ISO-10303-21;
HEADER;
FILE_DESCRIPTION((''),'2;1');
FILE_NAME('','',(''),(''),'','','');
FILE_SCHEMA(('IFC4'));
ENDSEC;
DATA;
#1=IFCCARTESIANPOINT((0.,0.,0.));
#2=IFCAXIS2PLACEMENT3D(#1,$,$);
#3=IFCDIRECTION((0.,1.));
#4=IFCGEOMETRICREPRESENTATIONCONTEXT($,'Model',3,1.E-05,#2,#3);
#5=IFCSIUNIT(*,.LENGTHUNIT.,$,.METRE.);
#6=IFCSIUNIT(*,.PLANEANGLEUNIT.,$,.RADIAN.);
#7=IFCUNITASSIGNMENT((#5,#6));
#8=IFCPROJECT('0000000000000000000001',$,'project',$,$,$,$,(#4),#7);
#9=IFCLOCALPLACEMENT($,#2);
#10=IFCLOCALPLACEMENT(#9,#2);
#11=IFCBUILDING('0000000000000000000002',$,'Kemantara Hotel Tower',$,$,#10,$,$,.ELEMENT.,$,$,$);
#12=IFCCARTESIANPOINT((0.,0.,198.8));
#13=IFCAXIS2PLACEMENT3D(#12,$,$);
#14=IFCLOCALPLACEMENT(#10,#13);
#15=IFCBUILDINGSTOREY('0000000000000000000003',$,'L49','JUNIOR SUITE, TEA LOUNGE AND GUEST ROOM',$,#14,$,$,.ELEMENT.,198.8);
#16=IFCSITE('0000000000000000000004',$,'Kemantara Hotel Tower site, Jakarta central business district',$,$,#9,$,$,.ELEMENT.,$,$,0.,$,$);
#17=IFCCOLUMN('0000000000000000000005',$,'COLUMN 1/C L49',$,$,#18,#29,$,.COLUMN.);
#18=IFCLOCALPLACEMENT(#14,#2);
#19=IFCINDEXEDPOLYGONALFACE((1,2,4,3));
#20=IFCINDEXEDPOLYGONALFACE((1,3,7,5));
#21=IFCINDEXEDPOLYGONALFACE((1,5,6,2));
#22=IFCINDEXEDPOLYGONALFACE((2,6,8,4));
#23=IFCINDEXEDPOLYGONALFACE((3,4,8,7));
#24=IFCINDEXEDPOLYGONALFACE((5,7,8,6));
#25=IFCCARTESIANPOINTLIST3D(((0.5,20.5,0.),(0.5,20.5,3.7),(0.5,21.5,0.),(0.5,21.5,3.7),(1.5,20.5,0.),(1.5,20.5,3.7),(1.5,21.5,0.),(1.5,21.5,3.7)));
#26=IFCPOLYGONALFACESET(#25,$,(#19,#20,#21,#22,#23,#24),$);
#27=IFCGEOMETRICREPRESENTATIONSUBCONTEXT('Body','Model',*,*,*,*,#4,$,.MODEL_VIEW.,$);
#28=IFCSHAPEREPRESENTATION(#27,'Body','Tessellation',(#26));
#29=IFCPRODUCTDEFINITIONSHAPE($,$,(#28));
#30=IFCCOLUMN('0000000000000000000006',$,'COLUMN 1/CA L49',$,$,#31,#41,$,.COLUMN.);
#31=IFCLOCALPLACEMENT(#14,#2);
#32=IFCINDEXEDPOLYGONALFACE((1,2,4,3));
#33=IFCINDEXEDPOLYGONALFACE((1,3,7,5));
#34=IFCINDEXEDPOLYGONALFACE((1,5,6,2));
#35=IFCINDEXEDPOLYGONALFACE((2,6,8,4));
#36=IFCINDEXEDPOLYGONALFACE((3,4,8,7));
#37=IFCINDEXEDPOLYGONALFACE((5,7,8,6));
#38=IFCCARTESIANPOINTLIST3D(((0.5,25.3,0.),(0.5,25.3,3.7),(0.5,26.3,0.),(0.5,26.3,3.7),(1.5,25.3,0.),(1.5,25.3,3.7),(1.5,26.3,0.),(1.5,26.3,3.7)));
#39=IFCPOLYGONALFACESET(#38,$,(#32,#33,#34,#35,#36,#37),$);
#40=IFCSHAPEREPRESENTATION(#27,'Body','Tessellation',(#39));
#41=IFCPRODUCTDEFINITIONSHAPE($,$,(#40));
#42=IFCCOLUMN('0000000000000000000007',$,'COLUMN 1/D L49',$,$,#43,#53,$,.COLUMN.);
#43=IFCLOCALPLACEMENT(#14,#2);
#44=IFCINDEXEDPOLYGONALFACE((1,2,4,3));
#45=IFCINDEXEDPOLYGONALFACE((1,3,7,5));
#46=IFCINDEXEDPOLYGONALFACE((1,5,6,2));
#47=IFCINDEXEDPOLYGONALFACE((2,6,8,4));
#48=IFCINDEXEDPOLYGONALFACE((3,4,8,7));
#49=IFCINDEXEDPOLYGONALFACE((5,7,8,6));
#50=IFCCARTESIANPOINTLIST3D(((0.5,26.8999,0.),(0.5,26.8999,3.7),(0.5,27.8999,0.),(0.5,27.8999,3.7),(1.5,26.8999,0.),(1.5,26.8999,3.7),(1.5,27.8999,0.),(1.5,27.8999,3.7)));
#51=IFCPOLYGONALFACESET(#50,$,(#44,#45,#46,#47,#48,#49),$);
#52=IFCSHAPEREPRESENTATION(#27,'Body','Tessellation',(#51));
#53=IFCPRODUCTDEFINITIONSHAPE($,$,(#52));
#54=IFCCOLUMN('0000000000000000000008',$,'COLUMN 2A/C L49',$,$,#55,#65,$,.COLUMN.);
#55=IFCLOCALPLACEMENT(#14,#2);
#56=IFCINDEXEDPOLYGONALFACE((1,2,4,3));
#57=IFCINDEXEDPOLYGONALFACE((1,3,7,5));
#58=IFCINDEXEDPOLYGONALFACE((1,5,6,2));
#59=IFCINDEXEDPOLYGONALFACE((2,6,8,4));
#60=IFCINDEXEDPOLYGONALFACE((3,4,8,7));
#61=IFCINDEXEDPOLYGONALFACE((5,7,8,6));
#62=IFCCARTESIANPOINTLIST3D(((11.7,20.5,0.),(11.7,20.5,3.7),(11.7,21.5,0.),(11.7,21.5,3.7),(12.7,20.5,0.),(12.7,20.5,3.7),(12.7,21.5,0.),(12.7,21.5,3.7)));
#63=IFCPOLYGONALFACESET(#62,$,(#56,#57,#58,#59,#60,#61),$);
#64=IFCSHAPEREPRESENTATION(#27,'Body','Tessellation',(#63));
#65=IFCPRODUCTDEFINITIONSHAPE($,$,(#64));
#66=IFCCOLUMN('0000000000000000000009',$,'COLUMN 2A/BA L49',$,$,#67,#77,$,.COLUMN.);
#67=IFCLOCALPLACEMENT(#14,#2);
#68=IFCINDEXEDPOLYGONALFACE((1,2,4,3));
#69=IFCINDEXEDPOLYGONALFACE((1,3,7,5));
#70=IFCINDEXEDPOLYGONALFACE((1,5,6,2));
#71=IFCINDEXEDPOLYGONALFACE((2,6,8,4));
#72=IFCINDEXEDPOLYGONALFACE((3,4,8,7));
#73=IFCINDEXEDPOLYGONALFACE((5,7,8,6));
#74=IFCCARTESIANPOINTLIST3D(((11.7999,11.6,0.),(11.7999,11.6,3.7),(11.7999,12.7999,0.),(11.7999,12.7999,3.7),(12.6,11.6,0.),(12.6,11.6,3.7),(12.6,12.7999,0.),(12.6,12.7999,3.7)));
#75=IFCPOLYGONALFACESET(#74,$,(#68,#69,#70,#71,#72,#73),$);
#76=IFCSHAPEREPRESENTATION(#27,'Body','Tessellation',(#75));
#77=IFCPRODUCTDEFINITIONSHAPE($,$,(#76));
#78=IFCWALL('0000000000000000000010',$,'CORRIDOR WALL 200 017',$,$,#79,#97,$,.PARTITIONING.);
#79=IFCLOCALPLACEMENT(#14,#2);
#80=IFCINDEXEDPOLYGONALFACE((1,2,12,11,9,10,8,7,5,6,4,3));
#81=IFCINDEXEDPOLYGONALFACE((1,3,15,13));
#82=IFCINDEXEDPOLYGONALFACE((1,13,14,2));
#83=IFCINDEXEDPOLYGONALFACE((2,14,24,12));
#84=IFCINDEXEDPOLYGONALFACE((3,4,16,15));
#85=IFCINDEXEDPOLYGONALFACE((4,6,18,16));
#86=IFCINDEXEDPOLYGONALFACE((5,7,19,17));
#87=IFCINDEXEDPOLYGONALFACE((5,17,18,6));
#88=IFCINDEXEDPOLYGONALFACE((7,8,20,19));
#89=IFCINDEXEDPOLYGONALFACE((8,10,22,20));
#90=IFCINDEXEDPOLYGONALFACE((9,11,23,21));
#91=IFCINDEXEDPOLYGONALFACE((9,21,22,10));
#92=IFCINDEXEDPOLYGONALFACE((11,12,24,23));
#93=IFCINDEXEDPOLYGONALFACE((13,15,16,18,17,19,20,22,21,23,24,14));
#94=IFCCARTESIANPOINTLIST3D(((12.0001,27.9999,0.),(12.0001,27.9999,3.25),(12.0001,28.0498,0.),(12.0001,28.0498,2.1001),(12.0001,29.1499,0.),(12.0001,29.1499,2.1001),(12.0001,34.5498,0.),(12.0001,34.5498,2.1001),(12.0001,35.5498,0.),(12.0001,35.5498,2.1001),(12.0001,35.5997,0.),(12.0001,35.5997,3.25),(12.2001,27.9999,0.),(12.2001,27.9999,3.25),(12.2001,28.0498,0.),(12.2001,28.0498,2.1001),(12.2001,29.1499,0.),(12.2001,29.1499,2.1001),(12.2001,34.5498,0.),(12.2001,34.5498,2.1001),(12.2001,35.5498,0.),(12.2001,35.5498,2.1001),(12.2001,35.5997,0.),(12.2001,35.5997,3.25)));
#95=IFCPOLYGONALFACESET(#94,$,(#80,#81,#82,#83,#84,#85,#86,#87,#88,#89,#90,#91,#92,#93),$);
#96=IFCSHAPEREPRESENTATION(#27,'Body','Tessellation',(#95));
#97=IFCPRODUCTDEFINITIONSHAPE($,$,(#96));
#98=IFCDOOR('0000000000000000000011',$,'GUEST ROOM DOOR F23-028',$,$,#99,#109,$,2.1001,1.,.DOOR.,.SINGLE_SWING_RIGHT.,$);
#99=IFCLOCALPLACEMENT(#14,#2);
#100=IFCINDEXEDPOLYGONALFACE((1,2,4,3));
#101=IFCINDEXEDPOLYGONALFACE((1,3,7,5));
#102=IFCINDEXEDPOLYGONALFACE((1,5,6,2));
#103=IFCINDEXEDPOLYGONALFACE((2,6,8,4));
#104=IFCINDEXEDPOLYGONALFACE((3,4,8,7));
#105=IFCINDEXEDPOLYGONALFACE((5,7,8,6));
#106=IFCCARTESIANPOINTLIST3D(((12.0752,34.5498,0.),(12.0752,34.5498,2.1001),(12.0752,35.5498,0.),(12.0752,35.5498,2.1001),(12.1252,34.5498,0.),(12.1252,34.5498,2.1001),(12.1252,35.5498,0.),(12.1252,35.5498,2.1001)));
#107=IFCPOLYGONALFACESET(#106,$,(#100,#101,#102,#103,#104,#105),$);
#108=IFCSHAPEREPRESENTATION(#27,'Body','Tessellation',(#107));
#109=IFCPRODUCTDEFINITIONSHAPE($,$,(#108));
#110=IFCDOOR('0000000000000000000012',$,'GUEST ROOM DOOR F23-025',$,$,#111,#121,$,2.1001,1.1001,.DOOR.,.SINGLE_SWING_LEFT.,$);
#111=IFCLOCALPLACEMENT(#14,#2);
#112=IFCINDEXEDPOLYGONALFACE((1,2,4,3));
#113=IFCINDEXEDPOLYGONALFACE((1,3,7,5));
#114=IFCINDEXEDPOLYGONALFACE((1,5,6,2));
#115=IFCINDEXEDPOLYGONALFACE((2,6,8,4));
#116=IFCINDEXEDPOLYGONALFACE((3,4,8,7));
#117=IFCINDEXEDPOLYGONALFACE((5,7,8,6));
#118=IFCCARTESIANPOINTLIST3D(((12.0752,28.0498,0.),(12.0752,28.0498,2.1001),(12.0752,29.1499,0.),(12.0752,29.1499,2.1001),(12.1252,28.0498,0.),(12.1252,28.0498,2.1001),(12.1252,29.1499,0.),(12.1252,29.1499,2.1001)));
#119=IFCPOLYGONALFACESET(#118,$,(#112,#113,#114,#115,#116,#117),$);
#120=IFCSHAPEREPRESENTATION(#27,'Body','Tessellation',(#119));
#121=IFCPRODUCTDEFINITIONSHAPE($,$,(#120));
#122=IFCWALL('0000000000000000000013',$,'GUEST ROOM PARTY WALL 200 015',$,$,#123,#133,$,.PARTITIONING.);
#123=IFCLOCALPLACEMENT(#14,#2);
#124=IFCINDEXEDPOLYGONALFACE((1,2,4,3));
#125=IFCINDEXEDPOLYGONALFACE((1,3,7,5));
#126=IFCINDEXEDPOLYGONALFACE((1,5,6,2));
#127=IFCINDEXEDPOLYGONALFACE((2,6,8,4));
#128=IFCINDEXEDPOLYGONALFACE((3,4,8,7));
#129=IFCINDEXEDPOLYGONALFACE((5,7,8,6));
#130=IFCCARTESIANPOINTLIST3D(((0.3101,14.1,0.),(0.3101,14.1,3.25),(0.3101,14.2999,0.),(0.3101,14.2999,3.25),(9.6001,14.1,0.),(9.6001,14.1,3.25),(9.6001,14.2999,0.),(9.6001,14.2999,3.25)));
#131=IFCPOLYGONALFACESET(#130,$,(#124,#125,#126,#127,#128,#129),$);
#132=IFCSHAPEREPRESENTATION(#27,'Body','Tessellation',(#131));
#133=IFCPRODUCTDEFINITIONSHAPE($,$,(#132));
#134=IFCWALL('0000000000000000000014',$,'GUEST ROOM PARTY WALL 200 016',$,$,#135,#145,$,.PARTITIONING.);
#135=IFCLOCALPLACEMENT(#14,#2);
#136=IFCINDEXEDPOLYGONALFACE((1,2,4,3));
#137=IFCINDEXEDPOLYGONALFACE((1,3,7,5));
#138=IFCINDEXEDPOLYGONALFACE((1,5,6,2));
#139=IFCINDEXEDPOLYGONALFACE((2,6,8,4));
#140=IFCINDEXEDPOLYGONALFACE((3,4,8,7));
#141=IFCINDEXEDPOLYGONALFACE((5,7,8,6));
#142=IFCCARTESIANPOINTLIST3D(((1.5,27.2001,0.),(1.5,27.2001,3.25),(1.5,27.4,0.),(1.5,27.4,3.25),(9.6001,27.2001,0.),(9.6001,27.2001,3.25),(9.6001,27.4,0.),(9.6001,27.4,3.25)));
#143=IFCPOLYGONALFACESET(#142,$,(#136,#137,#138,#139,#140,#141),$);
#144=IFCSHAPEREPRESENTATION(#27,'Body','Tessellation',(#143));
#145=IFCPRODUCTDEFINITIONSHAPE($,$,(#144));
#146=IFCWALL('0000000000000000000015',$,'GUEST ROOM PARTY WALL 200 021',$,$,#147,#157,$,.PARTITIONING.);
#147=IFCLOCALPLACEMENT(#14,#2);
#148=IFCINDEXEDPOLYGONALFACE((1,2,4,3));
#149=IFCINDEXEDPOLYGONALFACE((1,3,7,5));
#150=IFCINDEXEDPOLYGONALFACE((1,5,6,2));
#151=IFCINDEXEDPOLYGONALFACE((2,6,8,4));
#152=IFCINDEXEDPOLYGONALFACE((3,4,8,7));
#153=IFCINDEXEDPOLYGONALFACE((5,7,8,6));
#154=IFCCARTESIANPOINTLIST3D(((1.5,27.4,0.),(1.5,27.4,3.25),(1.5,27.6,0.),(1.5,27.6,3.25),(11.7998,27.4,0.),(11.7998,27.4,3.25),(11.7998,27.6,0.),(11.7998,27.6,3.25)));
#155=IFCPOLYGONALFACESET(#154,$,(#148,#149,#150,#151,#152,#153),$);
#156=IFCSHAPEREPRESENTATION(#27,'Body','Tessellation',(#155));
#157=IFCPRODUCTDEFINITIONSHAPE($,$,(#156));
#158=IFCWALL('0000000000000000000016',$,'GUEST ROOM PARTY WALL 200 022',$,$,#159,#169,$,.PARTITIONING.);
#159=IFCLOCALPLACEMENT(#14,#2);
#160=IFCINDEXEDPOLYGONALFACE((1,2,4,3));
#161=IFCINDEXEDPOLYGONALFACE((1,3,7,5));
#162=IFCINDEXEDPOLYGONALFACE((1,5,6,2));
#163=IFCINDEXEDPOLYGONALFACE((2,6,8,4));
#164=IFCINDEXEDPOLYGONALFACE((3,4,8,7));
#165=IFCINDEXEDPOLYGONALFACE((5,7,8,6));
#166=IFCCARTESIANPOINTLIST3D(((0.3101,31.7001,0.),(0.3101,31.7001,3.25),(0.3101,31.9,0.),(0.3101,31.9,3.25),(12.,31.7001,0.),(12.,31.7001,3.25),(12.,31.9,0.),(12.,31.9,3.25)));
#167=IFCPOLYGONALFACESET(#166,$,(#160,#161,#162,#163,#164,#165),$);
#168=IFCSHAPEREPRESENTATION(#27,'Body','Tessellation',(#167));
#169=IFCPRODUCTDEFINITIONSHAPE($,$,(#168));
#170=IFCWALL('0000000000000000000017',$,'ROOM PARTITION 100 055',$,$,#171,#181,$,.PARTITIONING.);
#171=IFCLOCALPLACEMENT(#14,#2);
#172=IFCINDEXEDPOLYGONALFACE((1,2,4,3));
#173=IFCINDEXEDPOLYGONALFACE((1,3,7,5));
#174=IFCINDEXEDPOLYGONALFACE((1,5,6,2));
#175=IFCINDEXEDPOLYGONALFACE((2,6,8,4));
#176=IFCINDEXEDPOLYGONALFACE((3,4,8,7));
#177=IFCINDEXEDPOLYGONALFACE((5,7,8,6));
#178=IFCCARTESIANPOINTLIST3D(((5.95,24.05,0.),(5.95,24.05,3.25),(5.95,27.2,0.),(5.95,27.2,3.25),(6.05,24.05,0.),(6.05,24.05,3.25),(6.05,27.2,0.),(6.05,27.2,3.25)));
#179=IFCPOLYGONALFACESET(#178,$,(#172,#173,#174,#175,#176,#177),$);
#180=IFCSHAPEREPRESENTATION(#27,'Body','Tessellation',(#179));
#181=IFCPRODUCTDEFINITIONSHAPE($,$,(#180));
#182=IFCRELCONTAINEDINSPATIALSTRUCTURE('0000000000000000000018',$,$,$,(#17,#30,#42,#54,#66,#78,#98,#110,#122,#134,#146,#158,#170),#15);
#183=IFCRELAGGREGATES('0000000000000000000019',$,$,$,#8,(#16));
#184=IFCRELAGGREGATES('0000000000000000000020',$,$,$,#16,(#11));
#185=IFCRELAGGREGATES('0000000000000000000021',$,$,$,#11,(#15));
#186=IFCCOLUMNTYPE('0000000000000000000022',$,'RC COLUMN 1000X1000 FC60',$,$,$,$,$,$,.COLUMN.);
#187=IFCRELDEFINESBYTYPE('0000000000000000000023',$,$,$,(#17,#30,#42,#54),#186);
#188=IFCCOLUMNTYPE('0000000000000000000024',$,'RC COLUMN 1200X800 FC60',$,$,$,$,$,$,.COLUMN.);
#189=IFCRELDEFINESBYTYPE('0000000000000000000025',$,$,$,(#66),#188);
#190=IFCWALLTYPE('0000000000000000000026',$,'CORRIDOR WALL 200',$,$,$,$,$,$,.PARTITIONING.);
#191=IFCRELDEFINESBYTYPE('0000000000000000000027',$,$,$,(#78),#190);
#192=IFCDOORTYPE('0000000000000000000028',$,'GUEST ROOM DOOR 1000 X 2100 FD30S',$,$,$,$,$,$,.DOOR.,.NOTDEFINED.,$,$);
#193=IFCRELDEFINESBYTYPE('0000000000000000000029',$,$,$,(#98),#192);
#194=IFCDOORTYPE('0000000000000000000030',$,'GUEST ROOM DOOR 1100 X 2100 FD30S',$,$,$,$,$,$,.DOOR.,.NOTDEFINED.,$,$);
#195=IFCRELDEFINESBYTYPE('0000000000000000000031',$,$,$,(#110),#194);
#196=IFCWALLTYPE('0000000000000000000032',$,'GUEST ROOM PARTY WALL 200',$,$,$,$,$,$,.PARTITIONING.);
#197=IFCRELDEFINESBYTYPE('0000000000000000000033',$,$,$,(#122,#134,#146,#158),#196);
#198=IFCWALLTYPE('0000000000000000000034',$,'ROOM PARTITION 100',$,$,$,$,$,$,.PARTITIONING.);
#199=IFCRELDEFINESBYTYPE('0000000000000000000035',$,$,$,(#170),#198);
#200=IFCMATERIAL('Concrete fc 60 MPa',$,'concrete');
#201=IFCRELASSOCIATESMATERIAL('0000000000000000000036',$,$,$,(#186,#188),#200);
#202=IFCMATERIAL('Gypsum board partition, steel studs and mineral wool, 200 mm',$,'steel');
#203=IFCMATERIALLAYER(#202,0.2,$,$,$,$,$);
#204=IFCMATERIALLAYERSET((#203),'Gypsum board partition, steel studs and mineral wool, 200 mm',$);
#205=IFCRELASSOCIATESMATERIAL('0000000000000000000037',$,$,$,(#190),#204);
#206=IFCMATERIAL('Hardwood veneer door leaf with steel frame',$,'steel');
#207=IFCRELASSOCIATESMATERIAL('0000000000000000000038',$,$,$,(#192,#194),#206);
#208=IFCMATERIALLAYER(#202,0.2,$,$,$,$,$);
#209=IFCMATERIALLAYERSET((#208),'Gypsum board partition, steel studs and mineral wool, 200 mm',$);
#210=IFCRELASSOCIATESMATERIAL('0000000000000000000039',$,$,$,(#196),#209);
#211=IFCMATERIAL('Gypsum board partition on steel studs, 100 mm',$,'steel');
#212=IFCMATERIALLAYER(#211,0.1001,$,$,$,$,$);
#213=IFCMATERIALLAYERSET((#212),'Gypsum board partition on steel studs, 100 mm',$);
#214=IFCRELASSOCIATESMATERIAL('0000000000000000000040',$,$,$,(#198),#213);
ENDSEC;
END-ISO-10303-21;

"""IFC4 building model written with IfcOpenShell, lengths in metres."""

from ifc_helpers import new_model, si_unit, direction, frame, frame_2d, origin, origin_2d, place, context, subcontext, project, spatial, rectangle, extrude, material, layer, layer_set, material_profile, profile_set, type_object, element, fill, save


model = new_model("IFC4")

# Units and contexts
model_context = context("Model", 3, precision=1e-05, world=origin(), true_north=direction((0.0, 1.0)))
body_context = subcontext(model_context, "Body", "Model", "MODEL_VIEW")
ifc_project = project(units=[si_unit("LENGTHUNIT", "METRE"), si_unit("PLANEANGLEUNIT", "RADIAN")], contexts=[model_context])

# Site, building, storey
site_placement = place(None, origin())
site = spatial("IfcSite", under=ifc_project, at=site_placement, Name="Kemantara Hotel Tower site, Jakarta central business district", CompositionType="ELEMENT", RefElevation=0.0)
building_placement = place(site_placement, origin())
building = spatial("IfcBuilding", under=site, at=building_placement, Name="Kemantara Hotel Tower", CompositionType="ELEMENT")
storey_placement = place(building_placement, frame((0.0, 0.0, 198.8)))
storey = spatial("IfcBuildingStorey", under=building, at=storey_placement, Name="L49", Description="JUNIOR SUITE, TEA LOUNGE AND GUEST ROOM", CompositionType="ELEMENT", Elevation=198.8)

# Columns
ifc_material_1 = material(Name="Concrete fc 60 MPa", Category="concrete")
ifc_material_profile_1 = material_profile(ifc_material_1, rectangle(XDim=1.0, YDim=1.0, at=origin_2d()), Name="RC 1000X1000")
ifc_profile_set_1 = profile_set([ifc_material_profile_1], Name="Concrete fc 60 MPa")
column_type_1 = type_object("IfcColumnType", Name="RC COLUMN 1000X1000 FC60", PredefinedType="COLUMN", material=ifc_profile_set_1)
for number, where, z_axis, x_axis, name in (
    (1, (1.0, 21.0, 0.0), (0.0, 0.0, 1.0), (1.0, 0.0, 0.0), "COLUMN 1/C L49"),
    (2, (1.0, 25.8, 0.0), (0.0, 0.0, 1.0), (1.0, 0.0, 0.0), "COLUMN 1/CA L49"),
    (3, (1.0, 27.3999, 0.0), (0.0, 0.0, 1.0), (1.0, 0.0, 0.0), "COLUMN 1/D L49"),
    (4, (12.2, 21.0, 0.0), (0.0, 0.0, 1.0), (1.0, 0.0, 0.0), "COLUMN 2A/C L49"),
):
    element("IfcColumn", number, at=place(storey_placement, frame(where, z_axis=z_axis, x_axis=x_axis)), inside=storey, type_object=column_type_1, Name=name, PredefinedType="COLUMN", context=body_context, shape_type="SweptSolid", body=[
        extrude(rectangle(XDim=1.0, YDim=1.0, at=origin_2d()), origin(), (0.0, 0.0, 1.0), 3.7),
    ])
ifc_material_profile_2 = material_profile(ifc_material_1, rectangle(XDim=1.2, YDim=0.8, at=origin_2d()), Name="RC 1200X800")
ifc_profile_set_2 = profile_set([ifc_material_profile_2], Name="Concrete fc 60 MPa")
column_type_2 = type_object("IfcColumnType", Name="RC COLUMN 1200X800 FC60", PredefinedType="COLUMN", material=ifc_profile_set_2)
column_placement = place(storey_placement, frame((12.2, 12.2, 0.0), z_axis=(0.0, 0.0, 1.0), x_axis=(0.0, 1.0, 0.0)))
element("IfcColumn", 5, at=column_placement, inside=storey, type_object=column_type_2, Name="COLUMN 2A/BA L49", PredefinedType="COLUMN", context=body_context, shape_type="SweptSolid", body=[
    extrude(rectangle(XDim=1.2, YDim=0.8, at=origin_2d()), origin(), (0.0, 0.0, 1.0), 3.7),
])

# Wall, openings, doors
ifc_material_2 = material(Name="Gypsum board partition, steel studs and mineral wool, 200 mm", Category="steel")
ifc_layer_1 = layer(ifc_material_2, 0.2)
ifc_layer_set_1 = layer_set([ifc_layer_1], Name="Gypsum board partition, steel studs and mineral wool, 200 mm")
wall_type_1 = type_object("IfcWallType", Name="CORRIDOR WALL 200", PredefinedType="PARTITIONING", material=ifc_layer_set_1)
wall_1_placement = place(storey_placement, frame((12.1001, 28.0, 0.0), z_axis=(0.0, 0.0, 1.0), x_axis=(0.0, 1.0, 0.0)))
wall_1 = element("IfcWall", 6, at=wall_1_placement, inside=storey, type_object=wall_type_1, Name="CORRIDOR WALL 200 017", PredefinedType="PARTITIONING", context=body_context, shape_type="SweptSolid", body=[
    extrude(rectangle(XDim=7.5999, YDim=0.2, at=frame_2d((3.7998, 0.0))), origin(), (0.0, 0.0, 1.0), 3.25),
])
opening_1_placement = place(wall_1_placement, frame((0.0498, 0.0, 0.0)))
opening_1 = element("IfcOpeningElement", 7, at=opening_1_placement, cuts=wall_1, PredefinedType="OPENING", context=body_context, shape_type="SweptSolid", body=[
    extrude(rectangle(XDim=1.1001, YDim=2.1001, at=frame_2d((0.55, 1.05))), frame((0.0, 0.1099, 0.0), z_axis=(0.0, -1.0, 0.0), x_axis=(1.0, 0.0, 0.0)), (0.0, 0.0, 1.0), 0.22),
])
opening_2_placement = place(wall_1_placement, frame((6.5498, 0.0, 0.0)))
opening_2 = element("IfcOpeningElement", 8, at=opening_2_placement, cuts=wall_1, PredefinedType="OPENING", context=body_context, shape_type="SweptSolid", body=[
    extrude(rectangle(XDim=1.0, YDim=2.1001, at=frame_2d((0.5, 1.05))), frame((0.0, 0.1099, 0.0), z_axis=(0.0, -1.0, 0.0), x_axis=(1.0, 0.0, 0.0)), (0.0, 0.0, 1.0), 0.22),
])
ifc_material_3 = material(Name="Hardwood veneer door leaf with steel frame", Category="steel")
door_type_1 = type_object("IfcDoorType", Name="GUEST ROOM DOOR 1000 X 2100 FD30S", OperationType="NOTDEFINED", PredefinedType="DOOR", material=ifc_material_3)
door_1_placement = place(opening_2_placement, origin())
door_1 = element("IfcDoor", 9, at=door_1_placement, inside=storey, type_object=door_type_1, Name="GUEST ROOM DOOR F23-028", OperationType="SINGLE_SWING_RIGHT", OverallHeight=2.1001, OverallWidth=1.0, PredefinedType="DOOR", context=body_context, shape_type="SweptSolid", body=[
    extrude(rectangle(XDim=1.0, YDim=2.1001, at=frame_2d((0.5, 1.05))), frame((0.0, 0.0249, 0.0), z_axis=(0.0, -1.0, 0.0), x_axis=(1.0, 0.0, 0.0)), (0.0, 0.0, 1.0), 0.05),
])
fill(opening_2, door_1)
door_type_2 = type_object("IfcDoorType", Name="GUEST ROOM DOOR 1100 X 2100 FD30S", OperationType="NOTDEFINED", PredefinedType="DOOR", material=ifc_material_3)
door_2_placement = place(opening_1_placement, origin())
door_2 = element("IfcDoor", 10, at=door_2_placement, inside=storey, type_object=door_type_2, Name="GUEST ROOM DOOR F23-025", OperationType="SINGLE_SWING_LEFT", OverallHeight=2.1001, OverallWidth=1.1001, PredefinedType="DOOR", context=body_context, shape_type="SweptSolid", body=[
    extrude(rectangle(XDim=1.1001, YDim=2.1001, at=frame_2d((0.55, 1.05))), frame((0.0, 0.0249, 0.0), z_axis=(0.0, -1.0, 0.0), x_axis=(1.0, 0.0, 0.0)), (0.0, 0.0, 1.0), 0.05),
])
fill(opening_1, door_2)

# Walls
ifc_layer_2 = layer(ifc_material_2, 0.2)
ifc_layer_set_2 = layer_set([ifc_layer_2], Name="Gypsum board partition, steel studs and mineral wool, 200 mm")
wall_type_2 = type_object("IfcWallType", Name="GUEST ROOM PARTY WALL 200", PredefinedType="PARTITIONING", material=ifc_layer_set_2)
wall_2_placement = place(storey_placement, frame((0.3101, 14.2, 0.0), z_axis=(0.0, 0.0, 1.0), x_axis=(1.0, 0.0, 0.0)))
element("IfcWall", 11, at=wall_2_placement, inside=storey, type_object=wall_type_2, Name="GUEST ROOM PARTY WALL 200 015", PredefinedType="PARTITIONING", context=body_context, shape_type="SweptSolid", body=[
    extrude(rectangle(XDim=9.29, YDim=0.2, at=frame_2d((4.645, 0.0))), origin(), (0.0, 0.0, 1.0), 3.25),
])
wall_3_placement = place(storey_placement, frame((1.5, 27.3, 0.0), z_axis=(0.0, 0.0, 1.0), x_axis=(1.0, 0.0, 0.0)))
element("IfcWall", 12, at=wall_3_placement, inside=storey, type_object=wall_type_2, Name="GUEST ROOM PARTY WALL 200 016", PredefinedType="PARTITIONING", context=body_context, shape_type="SweptSolid", body=[
    extrude(rectangle(XDim=8.1001, YDim=0.2, at=frame_2d((4.05, 0.0))), origin(), (0.0, 0.0, 1.0), 3.25),
])
wall_4_placement = place(storey_placement, frame((1.5, 27.5, 0.0), z_axis=(0.0, 0.0, 1.0), x_axis=(1.0, 0.0, 0.0)))
element("IfcWall", 13, at=wall_4_placement, inside=storey, type_object=wall_type_2, Name="GUEST ROOM PARTY WALL 200 021", PredefinedType="PARTITIONING", context=body_context, shape_type="SweptSolid", body=[
    extrude(rectangle(XDim=10.2998, YDim=0.2, at=frame_2d((5.1499, 0.0))), origin(), (0.0, 0.0, 1.0), 3.25),
])
wall_5_placement = place(storey_placement, frame((0.3101, 31.8, 0.0), z_axis=(0.0, 0.0, 1.0), x_axis=(1.0, 0.0, 0.0)))
element("IfcWall", 14, at=wall_5_placement, inside=storey, type_object=wall_type_2, Name="GUEST ROOM PARTY WALL 200 022", PredefinedType="PARTITIONING", context=body_context, shape_type="SweptSolid", body=[
    extrude(rectangle(XDim=11.6899, YDim=0.2, at=frame_2d((5.845, 0.0))), origin(), (0.0, 0.0, 1.0), 3.25),
])
ifc_material_4 = material(Name="Gypsum board partition on steel studs, 100 mm", Category="steel")
ifc_layer_3 = layer(ifc_material_4, 0.1001)
ifc_layer_set_3 = layer_set([ifc_layer_3], Name="Gypsum board partition on steel studs, 100 mm")
wall_type_3 = type_object("IfcWallType", Name="ROOM PARTITION 100", PredefinedType="PARTITIONING", material=ifc_layer_set_3)
wall_6_placement = place(storey_placement, frame((6.0, 24.05, 0.0), z_axis=(0.0, 0.0, 1.0), x_axis=(0.0, 1.0, 0.0)))
element("IfcWall", 15, at=wall_6_placement, inside=storey, type_object=wall_type_3, Name="ROOM PARTITION 100 055", PredefinedType="PARTITIONING", context=body_context, shape_type="SweptSolid", body=[
    extrude(rectangle(XDim=3.1499, YDim=0.1001, at=frame_2d((1.575, 0.0))), origin(), (0.0, 0.0, 1.0), 3.25),
])

save(model, "model.ifc")
